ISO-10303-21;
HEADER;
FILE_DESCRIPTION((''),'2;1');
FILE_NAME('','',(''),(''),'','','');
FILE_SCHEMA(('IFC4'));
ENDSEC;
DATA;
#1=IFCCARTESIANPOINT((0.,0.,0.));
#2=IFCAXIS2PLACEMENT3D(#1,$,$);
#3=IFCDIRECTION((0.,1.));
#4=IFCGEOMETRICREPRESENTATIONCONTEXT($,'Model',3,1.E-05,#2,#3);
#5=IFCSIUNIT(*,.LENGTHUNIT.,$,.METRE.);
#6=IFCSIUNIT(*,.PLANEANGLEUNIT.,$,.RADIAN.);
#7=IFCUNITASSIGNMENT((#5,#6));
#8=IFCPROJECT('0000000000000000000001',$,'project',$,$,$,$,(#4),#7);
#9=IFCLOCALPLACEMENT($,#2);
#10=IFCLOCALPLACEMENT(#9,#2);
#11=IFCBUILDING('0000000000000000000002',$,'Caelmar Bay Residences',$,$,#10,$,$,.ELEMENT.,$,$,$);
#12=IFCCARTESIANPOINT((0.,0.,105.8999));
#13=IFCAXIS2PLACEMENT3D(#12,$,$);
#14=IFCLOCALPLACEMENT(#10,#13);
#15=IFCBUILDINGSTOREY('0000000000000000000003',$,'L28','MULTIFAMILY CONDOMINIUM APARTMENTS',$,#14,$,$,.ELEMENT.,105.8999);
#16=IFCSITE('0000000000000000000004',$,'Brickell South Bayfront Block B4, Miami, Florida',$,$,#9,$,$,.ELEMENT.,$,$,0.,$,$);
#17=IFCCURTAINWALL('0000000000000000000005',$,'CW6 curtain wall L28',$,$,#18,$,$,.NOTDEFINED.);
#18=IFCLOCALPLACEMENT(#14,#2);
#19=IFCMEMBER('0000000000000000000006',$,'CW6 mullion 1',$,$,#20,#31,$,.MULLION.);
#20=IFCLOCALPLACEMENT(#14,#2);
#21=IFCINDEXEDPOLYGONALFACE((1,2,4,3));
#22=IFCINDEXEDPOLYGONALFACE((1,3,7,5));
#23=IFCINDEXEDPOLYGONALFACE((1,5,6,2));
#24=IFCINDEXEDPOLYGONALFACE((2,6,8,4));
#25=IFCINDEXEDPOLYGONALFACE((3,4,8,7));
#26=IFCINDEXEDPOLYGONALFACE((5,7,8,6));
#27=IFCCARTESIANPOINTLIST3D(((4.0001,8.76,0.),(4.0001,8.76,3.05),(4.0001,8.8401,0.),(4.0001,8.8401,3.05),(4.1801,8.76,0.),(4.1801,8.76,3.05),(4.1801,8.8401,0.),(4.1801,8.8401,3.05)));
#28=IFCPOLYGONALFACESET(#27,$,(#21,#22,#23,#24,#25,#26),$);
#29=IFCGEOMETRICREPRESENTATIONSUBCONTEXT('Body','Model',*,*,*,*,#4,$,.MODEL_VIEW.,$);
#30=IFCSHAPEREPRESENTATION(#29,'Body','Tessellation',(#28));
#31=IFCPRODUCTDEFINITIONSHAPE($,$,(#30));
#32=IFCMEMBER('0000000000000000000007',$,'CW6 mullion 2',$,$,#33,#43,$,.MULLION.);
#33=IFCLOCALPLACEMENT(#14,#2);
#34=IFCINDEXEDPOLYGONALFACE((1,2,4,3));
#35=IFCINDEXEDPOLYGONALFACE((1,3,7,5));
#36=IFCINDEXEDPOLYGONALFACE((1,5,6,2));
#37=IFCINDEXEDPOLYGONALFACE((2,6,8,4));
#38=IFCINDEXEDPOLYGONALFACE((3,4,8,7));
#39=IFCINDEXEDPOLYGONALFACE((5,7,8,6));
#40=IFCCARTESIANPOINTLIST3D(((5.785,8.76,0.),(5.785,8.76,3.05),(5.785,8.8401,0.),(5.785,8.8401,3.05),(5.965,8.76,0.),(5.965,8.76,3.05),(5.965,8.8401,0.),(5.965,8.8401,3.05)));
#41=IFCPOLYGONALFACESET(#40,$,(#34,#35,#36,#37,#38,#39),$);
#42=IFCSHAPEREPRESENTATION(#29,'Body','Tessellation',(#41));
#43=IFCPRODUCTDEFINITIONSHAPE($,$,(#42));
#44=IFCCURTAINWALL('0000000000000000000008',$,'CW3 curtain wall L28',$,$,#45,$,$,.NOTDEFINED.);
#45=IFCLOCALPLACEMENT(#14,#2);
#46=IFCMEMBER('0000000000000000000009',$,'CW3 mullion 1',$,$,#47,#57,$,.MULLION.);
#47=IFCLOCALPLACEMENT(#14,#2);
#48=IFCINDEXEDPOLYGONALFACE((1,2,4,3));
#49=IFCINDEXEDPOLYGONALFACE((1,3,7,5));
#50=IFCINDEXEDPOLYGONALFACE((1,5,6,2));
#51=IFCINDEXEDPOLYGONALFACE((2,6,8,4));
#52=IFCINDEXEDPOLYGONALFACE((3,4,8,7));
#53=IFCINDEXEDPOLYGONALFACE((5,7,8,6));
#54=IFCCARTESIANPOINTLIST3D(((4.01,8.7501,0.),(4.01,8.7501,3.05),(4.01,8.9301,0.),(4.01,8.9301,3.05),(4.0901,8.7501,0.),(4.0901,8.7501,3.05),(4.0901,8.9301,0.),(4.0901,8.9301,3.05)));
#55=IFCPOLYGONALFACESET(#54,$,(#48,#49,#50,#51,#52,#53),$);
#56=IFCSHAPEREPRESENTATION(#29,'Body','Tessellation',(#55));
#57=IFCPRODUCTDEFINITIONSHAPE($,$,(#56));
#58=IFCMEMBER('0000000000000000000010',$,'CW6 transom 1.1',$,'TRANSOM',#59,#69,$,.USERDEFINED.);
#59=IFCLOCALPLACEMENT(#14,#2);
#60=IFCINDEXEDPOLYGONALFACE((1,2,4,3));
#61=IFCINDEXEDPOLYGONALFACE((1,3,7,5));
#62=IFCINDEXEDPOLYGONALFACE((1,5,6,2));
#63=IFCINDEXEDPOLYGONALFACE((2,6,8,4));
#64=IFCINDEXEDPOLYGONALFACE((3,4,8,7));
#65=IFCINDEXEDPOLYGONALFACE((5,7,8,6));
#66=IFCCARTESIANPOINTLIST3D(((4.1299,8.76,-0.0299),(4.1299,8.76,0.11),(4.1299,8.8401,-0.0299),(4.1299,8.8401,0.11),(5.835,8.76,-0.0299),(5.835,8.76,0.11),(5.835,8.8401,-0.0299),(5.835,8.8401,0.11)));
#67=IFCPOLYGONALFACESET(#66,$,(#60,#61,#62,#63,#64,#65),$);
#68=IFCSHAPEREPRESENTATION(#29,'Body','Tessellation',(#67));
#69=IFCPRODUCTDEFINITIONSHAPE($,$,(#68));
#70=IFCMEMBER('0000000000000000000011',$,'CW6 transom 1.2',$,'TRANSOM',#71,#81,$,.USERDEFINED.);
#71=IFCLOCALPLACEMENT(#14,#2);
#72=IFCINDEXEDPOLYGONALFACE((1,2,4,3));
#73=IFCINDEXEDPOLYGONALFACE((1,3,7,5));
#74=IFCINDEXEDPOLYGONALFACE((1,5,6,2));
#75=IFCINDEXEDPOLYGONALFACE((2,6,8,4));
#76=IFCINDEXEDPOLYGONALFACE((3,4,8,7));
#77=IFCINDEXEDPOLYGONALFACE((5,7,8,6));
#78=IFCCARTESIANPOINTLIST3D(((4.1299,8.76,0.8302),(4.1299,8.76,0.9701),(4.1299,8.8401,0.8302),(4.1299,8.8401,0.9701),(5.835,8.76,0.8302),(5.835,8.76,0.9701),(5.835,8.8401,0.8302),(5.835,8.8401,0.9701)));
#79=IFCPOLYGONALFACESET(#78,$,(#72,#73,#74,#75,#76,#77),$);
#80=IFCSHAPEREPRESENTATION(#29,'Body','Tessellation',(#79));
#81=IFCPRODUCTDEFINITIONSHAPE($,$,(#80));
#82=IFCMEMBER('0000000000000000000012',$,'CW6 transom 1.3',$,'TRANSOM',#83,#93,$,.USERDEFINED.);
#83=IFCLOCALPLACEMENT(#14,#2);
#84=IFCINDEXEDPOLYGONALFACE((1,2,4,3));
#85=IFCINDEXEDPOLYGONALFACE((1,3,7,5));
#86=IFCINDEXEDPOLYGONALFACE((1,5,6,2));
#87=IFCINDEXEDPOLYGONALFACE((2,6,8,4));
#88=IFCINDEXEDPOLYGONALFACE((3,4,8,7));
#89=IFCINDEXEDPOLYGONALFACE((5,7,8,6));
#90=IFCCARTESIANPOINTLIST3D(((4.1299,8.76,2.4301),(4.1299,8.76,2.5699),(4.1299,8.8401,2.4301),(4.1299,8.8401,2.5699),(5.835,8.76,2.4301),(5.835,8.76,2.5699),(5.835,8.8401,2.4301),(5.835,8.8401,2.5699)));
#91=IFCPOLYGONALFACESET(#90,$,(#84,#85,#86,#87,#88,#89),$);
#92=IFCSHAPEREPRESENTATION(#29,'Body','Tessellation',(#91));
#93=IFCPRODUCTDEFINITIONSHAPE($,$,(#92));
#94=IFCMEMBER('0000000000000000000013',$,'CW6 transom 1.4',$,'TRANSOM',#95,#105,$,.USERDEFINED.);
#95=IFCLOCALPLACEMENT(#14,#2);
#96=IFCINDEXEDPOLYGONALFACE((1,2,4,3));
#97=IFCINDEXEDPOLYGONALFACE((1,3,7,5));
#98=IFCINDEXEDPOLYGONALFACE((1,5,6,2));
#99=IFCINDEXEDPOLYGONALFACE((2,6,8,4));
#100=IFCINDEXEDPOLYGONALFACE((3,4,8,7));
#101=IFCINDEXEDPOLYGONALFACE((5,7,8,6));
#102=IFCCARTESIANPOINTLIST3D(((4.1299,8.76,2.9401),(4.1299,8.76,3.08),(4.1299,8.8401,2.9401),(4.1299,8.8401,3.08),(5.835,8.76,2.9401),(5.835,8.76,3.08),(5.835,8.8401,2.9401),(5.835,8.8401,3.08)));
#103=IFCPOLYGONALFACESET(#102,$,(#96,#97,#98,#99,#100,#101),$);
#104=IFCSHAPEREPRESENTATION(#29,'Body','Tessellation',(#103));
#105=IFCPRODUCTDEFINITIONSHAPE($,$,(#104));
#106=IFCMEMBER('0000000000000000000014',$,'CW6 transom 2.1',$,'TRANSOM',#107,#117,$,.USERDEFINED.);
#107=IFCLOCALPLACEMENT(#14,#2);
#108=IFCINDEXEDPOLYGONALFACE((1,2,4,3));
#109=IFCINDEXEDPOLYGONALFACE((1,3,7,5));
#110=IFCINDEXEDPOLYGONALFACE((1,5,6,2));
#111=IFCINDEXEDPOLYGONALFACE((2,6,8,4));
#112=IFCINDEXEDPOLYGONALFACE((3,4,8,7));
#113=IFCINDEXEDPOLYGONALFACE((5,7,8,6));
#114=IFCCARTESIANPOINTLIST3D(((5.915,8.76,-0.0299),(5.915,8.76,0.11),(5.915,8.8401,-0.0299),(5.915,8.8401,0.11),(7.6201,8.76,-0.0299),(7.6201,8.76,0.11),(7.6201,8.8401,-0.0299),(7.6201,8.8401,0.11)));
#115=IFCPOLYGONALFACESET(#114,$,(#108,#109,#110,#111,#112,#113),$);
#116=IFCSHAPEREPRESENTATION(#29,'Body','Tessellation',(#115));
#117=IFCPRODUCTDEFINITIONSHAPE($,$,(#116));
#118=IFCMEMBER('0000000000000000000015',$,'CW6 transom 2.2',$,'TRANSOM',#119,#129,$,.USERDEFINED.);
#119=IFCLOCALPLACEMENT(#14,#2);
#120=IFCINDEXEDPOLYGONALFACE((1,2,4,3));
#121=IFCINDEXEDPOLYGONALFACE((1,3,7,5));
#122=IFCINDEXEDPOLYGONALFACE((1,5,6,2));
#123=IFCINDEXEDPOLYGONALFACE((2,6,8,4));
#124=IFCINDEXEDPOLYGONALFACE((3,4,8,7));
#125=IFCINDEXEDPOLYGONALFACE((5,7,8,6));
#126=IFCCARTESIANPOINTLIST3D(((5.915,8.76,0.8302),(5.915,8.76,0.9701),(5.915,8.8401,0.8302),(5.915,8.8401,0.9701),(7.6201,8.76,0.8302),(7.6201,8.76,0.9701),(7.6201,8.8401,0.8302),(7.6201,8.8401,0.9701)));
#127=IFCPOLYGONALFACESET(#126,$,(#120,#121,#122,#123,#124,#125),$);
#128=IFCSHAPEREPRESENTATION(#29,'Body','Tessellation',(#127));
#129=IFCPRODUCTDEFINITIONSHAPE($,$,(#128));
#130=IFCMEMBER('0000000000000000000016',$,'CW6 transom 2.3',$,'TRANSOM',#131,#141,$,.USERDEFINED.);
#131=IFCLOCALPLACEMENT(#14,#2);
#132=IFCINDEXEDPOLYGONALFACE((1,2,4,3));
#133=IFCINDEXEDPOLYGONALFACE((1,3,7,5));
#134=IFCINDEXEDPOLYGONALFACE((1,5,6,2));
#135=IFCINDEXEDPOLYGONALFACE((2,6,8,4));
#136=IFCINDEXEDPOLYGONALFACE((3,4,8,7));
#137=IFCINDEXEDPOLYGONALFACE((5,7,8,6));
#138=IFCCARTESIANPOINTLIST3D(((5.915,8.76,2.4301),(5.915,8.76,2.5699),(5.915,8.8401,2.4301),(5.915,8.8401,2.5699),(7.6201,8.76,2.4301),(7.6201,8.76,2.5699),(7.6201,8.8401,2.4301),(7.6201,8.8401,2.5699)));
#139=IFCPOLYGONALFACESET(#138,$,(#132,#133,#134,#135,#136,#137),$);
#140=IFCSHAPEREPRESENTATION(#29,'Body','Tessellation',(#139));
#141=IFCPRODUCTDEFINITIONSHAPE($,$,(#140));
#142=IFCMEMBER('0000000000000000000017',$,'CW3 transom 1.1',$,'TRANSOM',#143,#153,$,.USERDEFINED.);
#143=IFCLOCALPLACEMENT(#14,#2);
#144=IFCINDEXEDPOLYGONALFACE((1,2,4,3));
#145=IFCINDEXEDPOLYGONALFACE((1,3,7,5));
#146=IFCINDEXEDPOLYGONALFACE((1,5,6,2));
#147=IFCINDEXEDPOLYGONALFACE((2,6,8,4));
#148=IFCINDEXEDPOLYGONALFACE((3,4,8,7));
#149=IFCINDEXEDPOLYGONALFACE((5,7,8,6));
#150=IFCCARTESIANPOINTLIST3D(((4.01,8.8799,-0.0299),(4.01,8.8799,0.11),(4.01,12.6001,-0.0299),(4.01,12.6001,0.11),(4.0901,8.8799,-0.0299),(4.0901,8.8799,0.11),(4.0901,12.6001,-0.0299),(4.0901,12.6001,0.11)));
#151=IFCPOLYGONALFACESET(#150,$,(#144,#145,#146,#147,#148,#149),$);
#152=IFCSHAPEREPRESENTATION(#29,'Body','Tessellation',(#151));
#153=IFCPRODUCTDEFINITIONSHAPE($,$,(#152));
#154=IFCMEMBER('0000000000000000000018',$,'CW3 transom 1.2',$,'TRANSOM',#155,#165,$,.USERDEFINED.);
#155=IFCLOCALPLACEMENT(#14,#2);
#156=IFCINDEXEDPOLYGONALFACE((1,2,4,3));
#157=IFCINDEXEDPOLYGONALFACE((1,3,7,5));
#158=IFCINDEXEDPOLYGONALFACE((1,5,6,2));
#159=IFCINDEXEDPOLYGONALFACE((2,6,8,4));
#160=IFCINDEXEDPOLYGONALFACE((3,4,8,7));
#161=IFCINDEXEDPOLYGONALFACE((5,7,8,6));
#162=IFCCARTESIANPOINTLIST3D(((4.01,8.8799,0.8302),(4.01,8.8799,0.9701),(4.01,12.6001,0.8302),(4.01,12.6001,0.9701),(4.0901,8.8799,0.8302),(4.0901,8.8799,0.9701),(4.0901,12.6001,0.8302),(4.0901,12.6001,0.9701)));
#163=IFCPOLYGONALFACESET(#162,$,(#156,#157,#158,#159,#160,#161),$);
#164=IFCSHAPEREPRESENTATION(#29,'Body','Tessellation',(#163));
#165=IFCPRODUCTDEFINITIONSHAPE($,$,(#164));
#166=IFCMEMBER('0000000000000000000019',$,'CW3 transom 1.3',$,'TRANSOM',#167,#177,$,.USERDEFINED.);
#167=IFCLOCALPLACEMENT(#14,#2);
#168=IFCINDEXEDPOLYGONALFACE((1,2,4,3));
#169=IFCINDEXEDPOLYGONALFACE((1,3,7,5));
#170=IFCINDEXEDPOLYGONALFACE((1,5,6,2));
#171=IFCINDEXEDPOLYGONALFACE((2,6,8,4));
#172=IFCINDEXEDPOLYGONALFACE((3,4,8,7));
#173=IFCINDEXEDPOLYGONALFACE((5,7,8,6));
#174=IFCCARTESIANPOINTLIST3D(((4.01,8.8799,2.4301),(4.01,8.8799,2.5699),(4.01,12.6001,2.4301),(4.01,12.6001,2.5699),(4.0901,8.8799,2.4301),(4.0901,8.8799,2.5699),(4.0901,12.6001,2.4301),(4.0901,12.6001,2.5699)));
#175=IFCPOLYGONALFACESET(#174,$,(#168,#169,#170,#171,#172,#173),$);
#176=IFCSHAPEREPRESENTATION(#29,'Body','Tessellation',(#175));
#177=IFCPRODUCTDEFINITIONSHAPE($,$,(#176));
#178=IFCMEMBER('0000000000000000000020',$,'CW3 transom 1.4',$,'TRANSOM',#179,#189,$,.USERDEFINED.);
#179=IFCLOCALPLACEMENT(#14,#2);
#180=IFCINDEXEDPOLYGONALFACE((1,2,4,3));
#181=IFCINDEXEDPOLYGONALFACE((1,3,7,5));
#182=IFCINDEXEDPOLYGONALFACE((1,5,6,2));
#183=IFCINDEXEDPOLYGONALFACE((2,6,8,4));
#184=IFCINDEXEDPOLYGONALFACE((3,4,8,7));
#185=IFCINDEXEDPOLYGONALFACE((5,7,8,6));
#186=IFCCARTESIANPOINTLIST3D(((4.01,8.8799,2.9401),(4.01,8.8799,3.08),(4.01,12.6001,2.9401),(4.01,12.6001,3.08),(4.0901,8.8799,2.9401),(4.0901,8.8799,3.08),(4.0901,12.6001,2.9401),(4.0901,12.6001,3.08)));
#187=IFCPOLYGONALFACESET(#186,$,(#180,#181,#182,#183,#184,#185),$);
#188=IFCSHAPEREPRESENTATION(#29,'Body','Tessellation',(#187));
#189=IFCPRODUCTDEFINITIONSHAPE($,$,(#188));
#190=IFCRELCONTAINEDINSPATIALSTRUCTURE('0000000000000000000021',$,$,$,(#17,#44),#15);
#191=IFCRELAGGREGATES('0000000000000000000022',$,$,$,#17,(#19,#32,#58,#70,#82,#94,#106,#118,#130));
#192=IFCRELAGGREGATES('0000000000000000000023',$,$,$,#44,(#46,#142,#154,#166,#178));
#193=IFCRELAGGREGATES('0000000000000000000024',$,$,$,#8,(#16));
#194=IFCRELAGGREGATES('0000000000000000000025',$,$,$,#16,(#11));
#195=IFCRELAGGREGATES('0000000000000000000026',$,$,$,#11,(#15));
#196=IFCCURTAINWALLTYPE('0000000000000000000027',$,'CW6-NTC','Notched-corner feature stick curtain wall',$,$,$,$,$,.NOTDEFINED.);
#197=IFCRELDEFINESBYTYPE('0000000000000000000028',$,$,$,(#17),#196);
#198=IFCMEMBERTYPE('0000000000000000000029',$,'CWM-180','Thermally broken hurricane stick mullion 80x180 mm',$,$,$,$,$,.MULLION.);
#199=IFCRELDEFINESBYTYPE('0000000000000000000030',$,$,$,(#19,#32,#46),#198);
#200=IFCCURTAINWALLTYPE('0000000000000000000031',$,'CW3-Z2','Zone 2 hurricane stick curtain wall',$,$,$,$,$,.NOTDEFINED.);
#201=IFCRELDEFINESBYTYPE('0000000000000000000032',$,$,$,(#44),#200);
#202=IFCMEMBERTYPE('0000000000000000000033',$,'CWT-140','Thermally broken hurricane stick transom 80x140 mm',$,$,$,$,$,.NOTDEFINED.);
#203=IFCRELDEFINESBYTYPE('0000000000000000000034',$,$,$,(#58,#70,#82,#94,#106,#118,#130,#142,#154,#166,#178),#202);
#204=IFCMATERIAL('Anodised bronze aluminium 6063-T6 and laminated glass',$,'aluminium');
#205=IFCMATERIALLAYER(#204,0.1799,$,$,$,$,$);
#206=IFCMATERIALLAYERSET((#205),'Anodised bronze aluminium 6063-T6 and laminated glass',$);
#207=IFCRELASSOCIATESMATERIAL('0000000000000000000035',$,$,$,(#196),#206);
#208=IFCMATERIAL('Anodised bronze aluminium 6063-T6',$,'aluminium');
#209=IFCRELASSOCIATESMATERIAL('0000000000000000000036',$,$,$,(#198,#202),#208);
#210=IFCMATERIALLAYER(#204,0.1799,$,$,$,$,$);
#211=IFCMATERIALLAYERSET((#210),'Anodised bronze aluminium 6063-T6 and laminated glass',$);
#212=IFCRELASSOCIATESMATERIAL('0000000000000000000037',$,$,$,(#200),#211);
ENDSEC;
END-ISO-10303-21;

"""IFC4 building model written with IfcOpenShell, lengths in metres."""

from ifc_helpers import new_model, si_unit, direction, frame, origin, origin_2d, place, context, subcontext, project, spatial, rectangle, extrude, material, layer, layer_set, material_profile, profile_set, type_object, element, aggregate, save


model = new_model("IFC4")

# Units and contexts
model_context = context("Model", 3, precision=1e-05, world=origin(), true_north=direction((0.0, 1.0)))
body_context = subcontext(model_context, "Body", "Model", "MODEL_VIEW")
ifc_project = project(units=[si_unit("LENGTHUNIT", "METRE"), si_unit("PLANEANGLEUNIT", "RADIAN")], contexts=[model_context])

# Site, building, storey
site_placement = place(None, origin())
site = spatial("IfcSite", under=ifc_project, at=site_placement, Name="Brickell South Bayfront Block B4, Miami, Florida", CompositionType="ELEMENT", RefElevation=0.0)
building_placement = place(site_placement, origin())
building = spatial("IfcBuilding", under=site, at=building_placement, Name="Caelmar Bay Residences", CompositionType="ELEMENT")
storey_placement = place(building_placement, frame((0.0, 0.0, 105.8999)))
storey = spatial("IfcBuildingStorey", under=building, at=storey_placement, Name="L28", Description="MULTIFAMILY CONDOMINIUM APARTMENTS", CompositionType="ELEMENT", Elevation=105.8999)

# Curtain wall, members
ifc_material_1 = material(Name="Anodised bronze aluminium 6063-T6 and laminated glass", Category="aluminium")
ifc_layer_1 = layer(ifc_material_1, 0.1799)
ifc_layer_set_1 = layer_set([ifc_layer_1], Name="Anodised bronze aluminium 6063-T6 and laminated glass")
curtain_wall_type_1 = type_object("IfcCurtainWallType", Name="CW6-NTC", Description="Notched-corner feature stick curtain wall", PredefinedType="NOTDEFINED", material=ifc_layer_set_1)
curtain_wall_1_placement = place(storey_placement, origin())
curtain_wall_1 = element("IfcCurtainWall", 1, at=curtain_wall_1_placement, inside=storey, type_object=curtain_wall_type_1, Name="CW6 curtain wall L28", PredefinedType="NOTDEFINED")
ifc_material_2 = material(Name="Anodised bronze aluminium 6063-T6", Category="aluminium")
ifc_material_profile_1 = material_profile(ifc_material_2, rectangle(XDim=0.0801, YDim=0.1799, at=origin_2d()), Name="CWM-80X180")
ifc_profile_set_1 = profile_set([ifc_material_profile_1], Name="Anodised bronze aluminium 6063-T6")
member_type_1 = type_object("IfcMemberType", Name="CWM-180", Description="Thermally broken hurricane stick mullion 80x180 mm", PredefinedType="MULLION", material=ifc_profile_set_1)
member_1_placement = place(storey_placement, frame((4.0901, 8.8, 0.0), z_axis=(0.0, 0.0, 1.0), x_axis=(0.0, 1.0, 0.0)))
member_1 = element("IfcMember", 2, at=member_1_placement, type_object=member_type_1, Name="CW6 mullion 1", PredefinedType="MULLION", context=body_context, shape_type="SweptSolid", body=[
    extrude(rectangle(XDim=0.0801, YDim=0.1799, at=origin_2d()), origin(), (0.0, 0.0, 1.0), 3.05),
])
member_2_placement = place(storey_placement, frame((5.875, 8.8, 0.0), z_axis=(0.0, 0.0, 1.0), x_axis=(0.0, 1.0, 0.0)))
member_2 = element("IfcMember", 3, at=member_2_placement, type_object=member_type_1, Name="CW6 mullion 2", PredefinedType="MULLION", context=body_context, shape_type="SweptSolid", body=[
    extrude(rectangle(XDim=0.0801, YDim=0.1799, at=origin_2d()), origin(), (0.0, 0.0, 1.0), 3.05),
])

# Curtain wall, member
ifc_layer_2 = layer(ifc_material_1, 0.1799)
ifc_layer_set_2 = layer_set([ifc_layer_2], Name="Anodised bronze aluminium 6063-T6 and laminated glass")
curtain_wall_type_2 = type_object("IfcCurtainWallType", Name="CW3-Z2", Description="Zone 2 hurricane stick curtain wall", PredefinedType="NOTDEFINED", material=ifc_layer_set_2)
curtain_wall_2_placement = place(storey_placement, origin())
curtain_wall_2 = element("IfcCurtainWall", 4, at=curtain_wall_2_placement, inside=storey, type_object=curtain_wall_type_2, Name="CW3 curtain wall L28", PredefinedType="NOTDEFINED")
member_3_placement = place(storey_placement, frame((4.05, 8.8401, 0.0), z_axis=(0.0, 0.0, 1.0), x_axis=(-1.0, 0.0, 0.0)))
member_3 = element("IfcMember", 5, at=member_3_placement, type_object=member_type_1, Name="CW3 mullion 1", PredefinedType="MULLION", context=body_context, shape_type="SweptSolid", body=[
    extrude(rectangle(XDim=0.0801, YDim=0.1799, at=origin_2d()), origin(), (0.0, 0.0, 1.0), 3.05),
])

# Members
ifc_material_profile_2 = material_profile(ifc_material_2, rectangle(XDim=0.0801, YDim=0.1399, at=origin_2d()), Name="CWT-80X140")
ifc_profile_set_2 = profile_set([ifc_material_profile_2], Name="Anodised bronze aluminium 6063-T6")
member_type_2 = type_object("IfcMemberType", Name="CWT-140", Description="Thermally broken hurricane stick transom 80x140 mm", PredefinedType="NOTDEFINED", material=ifc_profile_set_2)
member_4_placement = place(storey_placement, frame((4.1299, 8.8, 0.04), z_axis=(1.0, 0.0, 0.0), x_axis=(0.0, 1.0, 0.0)))
member_4 = element("IfcMember", 6, at=member_4_placement, type_object=member_type_2, Name="CW6 transom 1.1", ObjectType="TRANSOM", PredefinedType="USERDEFINED", context=body_context, shape_type="SweptSolid", body=[
    extrude(rectangle(XDim=0.0801, YDim=0.1399, at=origin_2d()), origin(), (0.0, 0.0, 1.0), 1.7051),
])
member_5_placement = place(storey_placement, frame((4.1299, 8.8, 0.9001), z_axis=(1.0, 0.0, 0.0), x_axis=(0.0, 1.0, 0.0)))
member_5 = element("IfcMember", 7, at=member_5_placement, type_object=member_type_2, Name="CW6 transom 1.2", ObjectType="TRANSOM", PredefinedType="USERDEFINED", context=body_context, shape_type="SweptSolid", body=[
    extrude(rectangle(XDim=0.0801, YDim=0.1399, at=origin_2d()), origin(), (0.0, 0.0, 1.0), 1.7051),
])
member_6_placement = place(storey_placement, frame((4.1299, 8.8, 2.5), z_axis=(1.0, 0.0, 0.0), x_axis=(0.0, 1.0, 0.0)))
member_6 = element("IfcMember", 8, at=member_6_placement, type_object=member_type_2, Name="CW6 transom 1.3", ObjectType="TRANSOM", PredefinedType="USERDEFINED", context=body_context, shape_type="SweptSolid", body=[
    extrude(rectangle(XDim=0.0801, YDim=0.1399, at=origin_2d()), origin(), (0.0, 0.0, 1.0), 1.7051),
])
member_7_placement = place(storey_placement, frame((4.1299, 8.8, 3.01), z_axis=(1.0, 0.0, 0.0), x_axis=(0.0, 1.0, 0.0)))
member_7 = element("IfcMember", 9, at=member_7_placement, type_object=member_type_2, Name="CW6 transom 1.4", ObjectType="TRANSOM", PredefinedType="USERDEFINED", context=body_context, shape_type="SweptSolid", body=[
    extrude(rectangle(XDim=0.0801, YDim=0.1399, at=origin_2d()), origin(), (0.0, 0.0, 1.0), 1.7051),
])
member_8_placement = place(storey_placement, frame((5.915, 8.8, 0.04), z_axis=(1.0, 0.0, 0.0), x_axis=(0.0, 1.0, 0.0)))
member_8 = element("IfcMember", 10, at=member_8_placement, type_object=member_type_2, Name="CW6 transom 2.1", ObjectType="TRANSOM", PredefinedType="USERDEFINED", context=body_context, shape_type="SweptSolid", body=[
    extrude(rectangle(XDim=0.0801, YDim=0.1399, at=origin_2d()), origin(), (0.0, 0.0, 1.0), 1.7051),
])
member_9_placement = place(storey_placement, frame((5.915, 8.8, 0.9001), z_axis=(1.0, 0.0, 0.0), x_axis=(0.0, 1.0, 0.0)))
member_9 = element("IfcMember", 11, at=member_9_placement, type_object=member_type_2, Name="CW6 transom 2.2", ObjectType="TRANSOM", PredefinedType="USERDEFINED", context=body_context, shape_type="SweptSolid", body=[
    extrude(rectangle(XDim=0.0801, YDim=0.1399, at=origin_2d()), origin(), (0.0, 0.0, 1.0), 1.7051),
])
member_10_placement = place(storey_placement, frame((5.915, 8.8, 2.5), z_axis=(1.0, 0.0, 0.0), x_axis=(0.0, 1.0, 0.0)))
member_10 = element("IfcMember", 12, at=member_10_placement, type_object=member_type_2, Name="CW6 transom 2.3", ObjectType="TRANSOM", PredefinedType="USERDEFINED", context=body_context, shape_type="SweptSolid", body=[
    extrude(rectangle(XDim=0.0801, YDim=0.1399, at=origin_2d()), origin(), (0.0, 0.0, 1.0), 1.7051),
])
member_11_placement = place(storey_placement, frame((4.05, 8.8799, 0.04), z_axis=(0.0, 1.0, 0.0), x_axis=(-1.0, 0.0, 0.0)))
member_11 = element("IfcMember", 13, at=member_11_placement, type_object=member_type_2, Name="CW3 transom 1.1", ObjectType="TRANSOM", PredefinedType="USERDEFINED", context=body_context, shape_type="SweptSolid", body=[
    extrude(rectangle(XDim=0.0801, YDim=0.1399, at=origin_2d()), origin(), (0.0, 0.0, 1.0), 3.7202),
])
member_12_placement = place(storey_placement, frame((4.05, 8.8799, 0.9001), z_axis=(0.0, 1.0, 0.0), x_axis=(-1.0, 0.0, 0.0)))
member_12 = element("IfcMember", 14, at=member_12_placement, type_object=member_type_2, Name="CW3 transom 1.2", ObjectType="TRANSOM", PredefinedType="USERDEFINED", context=body_context, shape_type="SweptSolid", body=[
    extrude(rectangle(XDim=0.0801, YDim=0.1399, at=origin_2d()), origin(), (0.0, 0.0, 1.0), 3.7202),
])
member_13_placement = place(storey_placement, frame((4.05, 8.8799, 2.5), z_axis=(0.0, 1.0, 0.0), x_axis=(-1.0, 0.0, 0.0)))
member_13 = element("IfcMember", 15, at=member_13_placement, type_object=member_type_2, Name="CW3 transom 1.3", ObjectType="TRANSOM", PredefinedType="USERDEFINED", context=body_context, shape_type="SweptSolid", body=[
    extrude(rectangle(XDim=0.0801, YDim=0.1399, at=origin_2d()), origin(), (0.0, 0.0, 1.0), 3.7202),
])
member_14_placement = place(storey_placement, frame((4.05, 8.8799, 3.01), z_axis=(0.0, 1.0, 0.0), x_axis=(-1.0, 0.0, 0.0)))
member_14 = element("IfcMember", 16, at=member_14_placement, type_object=member_type_2, Name="CW3 transom 1.4", ObjectType="TRANSOM", PredefinedType="USERDEFINED", context=body_context, shape_type="SweptSolid", body=[
    extrude(rectangle(XDim=0.0801, YDim=0.1399, at=origin_2d()), origin(), (0.0, 0.0, 1.0), 3.7202),
])

aggregate(curtain_wall_1, [member_1, member_2, member_4, member_5, member_6, member_7, member_8, member_9, member_10])
aggregate(curtain_wall_2, [member_3, member_11, member_12, member_13, member_14])

save(model, "model.ifc")
